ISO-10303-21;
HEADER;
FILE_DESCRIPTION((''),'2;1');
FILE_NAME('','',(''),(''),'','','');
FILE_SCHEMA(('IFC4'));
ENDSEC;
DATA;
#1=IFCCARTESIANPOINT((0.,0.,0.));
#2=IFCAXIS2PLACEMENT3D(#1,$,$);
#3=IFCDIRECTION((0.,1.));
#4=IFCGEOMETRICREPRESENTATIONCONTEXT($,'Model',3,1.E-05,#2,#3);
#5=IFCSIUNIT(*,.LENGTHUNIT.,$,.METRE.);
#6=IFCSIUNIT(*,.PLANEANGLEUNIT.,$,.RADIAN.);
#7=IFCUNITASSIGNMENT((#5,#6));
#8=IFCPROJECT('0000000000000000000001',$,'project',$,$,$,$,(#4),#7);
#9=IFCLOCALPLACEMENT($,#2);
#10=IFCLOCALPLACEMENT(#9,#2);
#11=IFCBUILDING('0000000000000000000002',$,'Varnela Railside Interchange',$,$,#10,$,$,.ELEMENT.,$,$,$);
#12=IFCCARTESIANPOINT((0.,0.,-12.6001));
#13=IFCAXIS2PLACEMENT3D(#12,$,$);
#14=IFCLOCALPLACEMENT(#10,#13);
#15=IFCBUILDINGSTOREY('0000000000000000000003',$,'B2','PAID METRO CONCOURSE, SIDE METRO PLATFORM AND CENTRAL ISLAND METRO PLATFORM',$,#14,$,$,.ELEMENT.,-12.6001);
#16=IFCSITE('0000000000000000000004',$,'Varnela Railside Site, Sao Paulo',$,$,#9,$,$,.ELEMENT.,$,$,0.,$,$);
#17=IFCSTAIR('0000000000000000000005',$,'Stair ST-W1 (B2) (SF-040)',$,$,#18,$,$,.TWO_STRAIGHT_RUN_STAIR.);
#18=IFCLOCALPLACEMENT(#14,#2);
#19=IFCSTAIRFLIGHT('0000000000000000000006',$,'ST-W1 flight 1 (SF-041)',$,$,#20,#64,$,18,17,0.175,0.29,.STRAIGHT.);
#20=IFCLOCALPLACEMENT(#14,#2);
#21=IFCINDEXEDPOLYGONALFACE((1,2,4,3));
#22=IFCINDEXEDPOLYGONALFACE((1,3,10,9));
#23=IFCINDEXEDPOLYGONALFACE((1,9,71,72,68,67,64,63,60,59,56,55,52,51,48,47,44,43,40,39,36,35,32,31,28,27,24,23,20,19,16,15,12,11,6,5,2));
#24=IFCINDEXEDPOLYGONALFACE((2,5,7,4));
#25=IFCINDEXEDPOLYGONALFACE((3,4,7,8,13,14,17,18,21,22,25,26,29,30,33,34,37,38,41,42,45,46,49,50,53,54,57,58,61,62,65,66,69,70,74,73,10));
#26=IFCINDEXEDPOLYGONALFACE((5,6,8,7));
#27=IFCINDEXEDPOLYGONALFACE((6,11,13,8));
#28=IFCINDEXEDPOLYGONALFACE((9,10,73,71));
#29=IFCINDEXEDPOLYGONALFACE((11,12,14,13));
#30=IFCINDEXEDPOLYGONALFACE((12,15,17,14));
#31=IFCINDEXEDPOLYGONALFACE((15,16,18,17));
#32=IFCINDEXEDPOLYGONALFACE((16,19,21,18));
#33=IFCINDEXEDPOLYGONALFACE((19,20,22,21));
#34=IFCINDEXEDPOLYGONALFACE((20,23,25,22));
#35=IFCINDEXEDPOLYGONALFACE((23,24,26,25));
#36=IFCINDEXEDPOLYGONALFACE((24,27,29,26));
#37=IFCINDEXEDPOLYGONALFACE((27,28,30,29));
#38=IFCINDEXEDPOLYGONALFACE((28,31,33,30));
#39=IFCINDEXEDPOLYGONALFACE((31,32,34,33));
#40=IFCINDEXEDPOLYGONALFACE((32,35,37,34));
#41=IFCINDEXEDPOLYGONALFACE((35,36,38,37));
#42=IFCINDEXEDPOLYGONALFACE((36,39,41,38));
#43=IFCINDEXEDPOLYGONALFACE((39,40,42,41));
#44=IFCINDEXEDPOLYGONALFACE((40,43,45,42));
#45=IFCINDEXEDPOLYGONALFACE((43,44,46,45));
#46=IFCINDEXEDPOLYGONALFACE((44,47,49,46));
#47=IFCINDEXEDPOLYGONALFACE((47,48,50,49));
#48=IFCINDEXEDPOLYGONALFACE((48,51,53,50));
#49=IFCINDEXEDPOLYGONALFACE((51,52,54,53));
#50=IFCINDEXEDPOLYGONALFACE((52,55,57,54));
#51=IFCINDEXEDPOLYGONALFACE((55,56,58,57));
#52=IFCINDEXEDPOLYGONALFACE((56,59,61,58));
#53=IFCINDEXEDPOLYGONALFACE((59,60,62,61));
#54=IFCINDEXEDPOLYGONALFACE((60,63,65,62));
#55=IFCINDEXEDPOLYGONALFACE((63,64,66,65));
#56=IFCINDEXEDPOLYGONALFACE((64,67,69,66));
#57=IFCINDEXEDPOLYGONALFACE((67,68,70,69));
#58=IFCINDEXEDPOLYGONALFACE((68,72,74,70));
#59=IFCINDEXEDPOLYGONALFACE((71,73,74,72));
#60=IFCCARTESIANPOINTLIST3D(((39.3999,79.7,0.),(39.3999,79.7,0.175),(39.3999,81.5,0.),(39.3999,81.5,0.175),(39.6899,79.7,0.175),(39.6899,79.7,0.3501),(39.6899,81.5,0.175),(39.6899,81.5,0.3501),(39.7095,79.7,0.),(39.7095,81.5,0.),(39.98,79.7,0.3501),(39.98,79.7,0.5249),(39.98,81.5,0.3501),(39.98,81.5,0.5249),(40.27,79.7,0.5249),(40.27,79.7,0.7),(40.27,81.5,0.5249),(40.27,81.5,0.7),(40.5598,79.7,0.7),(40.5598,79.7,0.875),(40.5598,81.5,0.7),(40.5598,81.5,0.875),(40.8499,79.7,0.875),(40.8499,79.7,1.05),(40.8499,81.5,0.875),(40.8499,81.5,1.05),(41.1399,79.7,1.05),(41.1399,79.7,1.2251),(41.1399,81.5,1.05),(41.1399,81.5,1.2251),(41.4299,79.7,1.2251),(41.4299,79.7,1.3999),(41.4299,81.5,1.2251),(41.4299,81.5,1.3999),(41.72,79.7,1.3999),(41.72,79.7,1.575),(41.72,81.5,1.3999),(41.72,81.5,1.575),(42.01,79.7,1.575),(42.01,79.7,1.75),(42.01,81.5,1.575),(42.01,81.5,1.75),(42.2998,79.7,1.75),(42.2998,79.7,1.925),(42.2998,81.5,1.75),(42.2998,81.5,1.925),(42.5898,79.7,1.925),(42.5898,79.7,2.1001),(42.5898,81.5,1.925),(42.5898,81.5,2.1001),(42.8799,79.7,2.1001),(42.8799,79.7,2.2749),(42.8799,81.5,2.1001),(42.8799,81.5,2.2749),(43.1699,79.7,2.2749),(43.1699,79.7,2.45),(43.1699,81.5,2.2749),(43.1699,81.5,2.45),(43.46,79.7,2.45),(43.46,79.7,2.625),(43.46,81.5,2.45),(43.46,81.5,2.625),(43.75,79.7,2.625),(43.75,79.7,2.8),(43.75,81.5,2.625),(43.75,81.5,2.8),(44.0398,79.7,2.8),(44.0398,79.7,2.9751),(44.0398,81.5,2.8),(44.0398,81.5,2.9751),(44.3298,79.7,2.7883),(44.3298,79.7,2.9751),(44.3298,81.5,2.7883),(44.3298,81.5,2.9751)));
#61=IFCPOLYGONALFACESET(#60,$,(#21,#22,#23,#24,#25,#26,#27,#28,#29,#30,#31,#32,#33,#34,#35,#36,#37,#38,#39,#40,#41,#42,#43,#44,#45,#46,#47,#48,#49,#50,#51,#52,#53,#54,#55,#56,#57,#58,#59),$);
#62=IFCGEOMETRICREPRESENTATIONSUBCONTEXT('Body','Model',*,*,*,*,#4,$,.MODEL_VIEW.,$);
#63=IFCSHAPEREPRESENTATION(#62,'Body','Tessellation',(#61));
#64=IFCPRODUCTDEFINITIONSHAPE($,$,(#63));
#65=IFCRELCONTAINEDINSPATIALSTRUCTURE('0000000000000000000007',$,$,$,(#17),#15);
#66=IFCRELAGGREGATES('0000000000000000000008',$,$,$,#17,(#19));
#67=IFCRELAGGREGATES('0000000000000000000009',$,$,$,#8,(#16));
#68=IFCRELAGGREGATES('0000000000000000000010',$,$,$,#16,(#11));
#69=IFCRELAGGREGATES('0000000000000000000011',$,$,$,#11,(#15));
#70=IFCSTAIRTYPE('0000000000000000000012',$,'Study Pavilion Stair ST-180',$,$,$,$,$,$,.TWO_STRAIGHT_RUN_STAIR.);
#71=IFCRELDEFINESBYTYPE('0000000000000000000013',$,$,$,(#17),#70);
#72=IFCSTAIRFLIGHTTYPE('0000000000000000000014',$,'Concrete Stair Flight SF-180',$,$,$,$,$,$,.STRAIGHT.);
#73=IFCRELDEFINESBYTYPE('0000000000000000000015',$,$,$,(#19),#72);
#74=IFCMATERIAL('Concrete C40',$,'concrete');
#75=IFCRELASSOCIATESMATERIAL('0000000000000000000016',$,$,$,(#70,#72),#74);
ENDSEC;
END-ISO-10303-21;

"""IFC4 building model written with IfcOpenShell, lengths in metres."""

from ifc_helpers import new_model, si_unit, direction, frame, origin, place, context, subcontext, project, spatial, polyline, outline, extrude, material, type_object, element, aggregate, save


model = new_model("IFC4")

# Units and contexts
model_context = context("Model", 3, precision=1e-05, world=origin(), true_north=direction((0.0, 1.0)))
body_context = subcontext(model_context, "Body", "Model", "MODEL_VIEW")
ifc_project = project(units=[si_unit("LENGTHUNIT", "METRE"), si_unit("PLANEANGLEUNIT", "RADIAN")], contexts=[model_context])

# Site, building, storey
site_placement = place(None, origin())
site = spatial("IfcSite", under=ifc_project, at=site_placement, Name="Varnela Railside Site, Sao Paulo", CompositionType="ELEMENT", RefElevation=0.0)
building_placement = place(site_placement, origin())
building = spatial("IfcBuilding", under=site, at=building_placement, Name="Varnela Railside Interchange", CompositionType="ELEMENT")
storey_placement = place(building_placement, frame((0.0, 0.0, -12.6001)))
storey = spatial("IfcBuildingStorey", under=building, at=storey_placement, Name="B2", Description="PAID METRO CONCOURSE, SIDE METRO PLATFORM AND CENTRAL ISLAND METRO PLATFORM", CompositionType="ELEMENT", Elevation=-12.6001)

# Shared definitions
ifc_material_1 = material(Name="Concrete C40", Category="concrete")

# Stair, stair flight
stair_type = type_object("IfcStairType", Name="Study Pavilion Stair ST-180", PredefinedType="TWO_STRAIGHT_RUN_STAIR", material=ifc_material_1)
stair_placement = place(storey_placement, origin())
stair = element("IfcStair", 1, at=stair_placement, inside=storey, type_object=stair_type, Name="Stair ST-W1 (B2) (SF-040)", PredefinedType="TWO_STRAIGHT_RUN_STAIR")
stair_flight_type = type_object("IfcStairFlightType", Name="Concrete Stair Flight SF-180", PredefinedType="STRAIGHT", material=ifc_material_1)
stair_flight_placement = place(storey_placement, frame((39.3999, 80.6001, 0.0), z_axis=(0.0, 0.0, 1.0), x_axis=(1.0, 0.0, 0.0)))
stair_flight = element("IfcStairFlight", 2, at=stair_flight_placement, type_object=stair_flight_type, Name="ST-W1 flight 1 (SF-041)", NumberOfRisers=18, NumberOfTreads=17, PredefinedType="STRAIGHT", RiserHeight=0.175, TreadLength=0.29, context=body_context, shape_type="SweptSolid", body=[
    extrude(outline(polyline([(0.0, 0.0), (0.0, 0.175), (0.29, 0.175), (0.29, 0.3501), (0.5801, 0.3501), (0.5801, 0.5249), (0.8701, 0.5249), (0.8701, 0.7), (1.1599, 0.7), (1.1599, 0.875), (1.45, 0.875), (1.45, 1.05), (1.74, 1.05), (1.74, 1.2251), (2.03, 1.2251), (2.03, 1.3999), (2.3201, 1.3999), (2.3201, 1.575), (2.6101, 1.575), (2.6101, 1.75), (2.8999, 1.75), (2.8999, 1.925), (3.1899, 1.925), (3.1899, 2.1001), (3.48, 2.1001), (3.48, 2.2749), (3.77, 2.2749), (3.77, 2.45), (4.0601, 2.45), (4.0601, 2.625), (4.3501, 2.625), (4.3501, 2.8), (4.6399, 2.8), (4.6399, 2.9751), (4.9299, 2.9751), (4.9299, 3.1499), (4.9299, 2.7883), (0.3096, 0.0), (0.0, 0.0)])), frame((0.0, 0.8999, 0.0), z_axis=(0.0, -1.0, 0.0), x_axis=(1.0, 0.0, 0.0)), (0.0, 0.0, 1.0), 1.8),
])
aggregate(stair, [stair_flight])

save(model, "model.ifc")
